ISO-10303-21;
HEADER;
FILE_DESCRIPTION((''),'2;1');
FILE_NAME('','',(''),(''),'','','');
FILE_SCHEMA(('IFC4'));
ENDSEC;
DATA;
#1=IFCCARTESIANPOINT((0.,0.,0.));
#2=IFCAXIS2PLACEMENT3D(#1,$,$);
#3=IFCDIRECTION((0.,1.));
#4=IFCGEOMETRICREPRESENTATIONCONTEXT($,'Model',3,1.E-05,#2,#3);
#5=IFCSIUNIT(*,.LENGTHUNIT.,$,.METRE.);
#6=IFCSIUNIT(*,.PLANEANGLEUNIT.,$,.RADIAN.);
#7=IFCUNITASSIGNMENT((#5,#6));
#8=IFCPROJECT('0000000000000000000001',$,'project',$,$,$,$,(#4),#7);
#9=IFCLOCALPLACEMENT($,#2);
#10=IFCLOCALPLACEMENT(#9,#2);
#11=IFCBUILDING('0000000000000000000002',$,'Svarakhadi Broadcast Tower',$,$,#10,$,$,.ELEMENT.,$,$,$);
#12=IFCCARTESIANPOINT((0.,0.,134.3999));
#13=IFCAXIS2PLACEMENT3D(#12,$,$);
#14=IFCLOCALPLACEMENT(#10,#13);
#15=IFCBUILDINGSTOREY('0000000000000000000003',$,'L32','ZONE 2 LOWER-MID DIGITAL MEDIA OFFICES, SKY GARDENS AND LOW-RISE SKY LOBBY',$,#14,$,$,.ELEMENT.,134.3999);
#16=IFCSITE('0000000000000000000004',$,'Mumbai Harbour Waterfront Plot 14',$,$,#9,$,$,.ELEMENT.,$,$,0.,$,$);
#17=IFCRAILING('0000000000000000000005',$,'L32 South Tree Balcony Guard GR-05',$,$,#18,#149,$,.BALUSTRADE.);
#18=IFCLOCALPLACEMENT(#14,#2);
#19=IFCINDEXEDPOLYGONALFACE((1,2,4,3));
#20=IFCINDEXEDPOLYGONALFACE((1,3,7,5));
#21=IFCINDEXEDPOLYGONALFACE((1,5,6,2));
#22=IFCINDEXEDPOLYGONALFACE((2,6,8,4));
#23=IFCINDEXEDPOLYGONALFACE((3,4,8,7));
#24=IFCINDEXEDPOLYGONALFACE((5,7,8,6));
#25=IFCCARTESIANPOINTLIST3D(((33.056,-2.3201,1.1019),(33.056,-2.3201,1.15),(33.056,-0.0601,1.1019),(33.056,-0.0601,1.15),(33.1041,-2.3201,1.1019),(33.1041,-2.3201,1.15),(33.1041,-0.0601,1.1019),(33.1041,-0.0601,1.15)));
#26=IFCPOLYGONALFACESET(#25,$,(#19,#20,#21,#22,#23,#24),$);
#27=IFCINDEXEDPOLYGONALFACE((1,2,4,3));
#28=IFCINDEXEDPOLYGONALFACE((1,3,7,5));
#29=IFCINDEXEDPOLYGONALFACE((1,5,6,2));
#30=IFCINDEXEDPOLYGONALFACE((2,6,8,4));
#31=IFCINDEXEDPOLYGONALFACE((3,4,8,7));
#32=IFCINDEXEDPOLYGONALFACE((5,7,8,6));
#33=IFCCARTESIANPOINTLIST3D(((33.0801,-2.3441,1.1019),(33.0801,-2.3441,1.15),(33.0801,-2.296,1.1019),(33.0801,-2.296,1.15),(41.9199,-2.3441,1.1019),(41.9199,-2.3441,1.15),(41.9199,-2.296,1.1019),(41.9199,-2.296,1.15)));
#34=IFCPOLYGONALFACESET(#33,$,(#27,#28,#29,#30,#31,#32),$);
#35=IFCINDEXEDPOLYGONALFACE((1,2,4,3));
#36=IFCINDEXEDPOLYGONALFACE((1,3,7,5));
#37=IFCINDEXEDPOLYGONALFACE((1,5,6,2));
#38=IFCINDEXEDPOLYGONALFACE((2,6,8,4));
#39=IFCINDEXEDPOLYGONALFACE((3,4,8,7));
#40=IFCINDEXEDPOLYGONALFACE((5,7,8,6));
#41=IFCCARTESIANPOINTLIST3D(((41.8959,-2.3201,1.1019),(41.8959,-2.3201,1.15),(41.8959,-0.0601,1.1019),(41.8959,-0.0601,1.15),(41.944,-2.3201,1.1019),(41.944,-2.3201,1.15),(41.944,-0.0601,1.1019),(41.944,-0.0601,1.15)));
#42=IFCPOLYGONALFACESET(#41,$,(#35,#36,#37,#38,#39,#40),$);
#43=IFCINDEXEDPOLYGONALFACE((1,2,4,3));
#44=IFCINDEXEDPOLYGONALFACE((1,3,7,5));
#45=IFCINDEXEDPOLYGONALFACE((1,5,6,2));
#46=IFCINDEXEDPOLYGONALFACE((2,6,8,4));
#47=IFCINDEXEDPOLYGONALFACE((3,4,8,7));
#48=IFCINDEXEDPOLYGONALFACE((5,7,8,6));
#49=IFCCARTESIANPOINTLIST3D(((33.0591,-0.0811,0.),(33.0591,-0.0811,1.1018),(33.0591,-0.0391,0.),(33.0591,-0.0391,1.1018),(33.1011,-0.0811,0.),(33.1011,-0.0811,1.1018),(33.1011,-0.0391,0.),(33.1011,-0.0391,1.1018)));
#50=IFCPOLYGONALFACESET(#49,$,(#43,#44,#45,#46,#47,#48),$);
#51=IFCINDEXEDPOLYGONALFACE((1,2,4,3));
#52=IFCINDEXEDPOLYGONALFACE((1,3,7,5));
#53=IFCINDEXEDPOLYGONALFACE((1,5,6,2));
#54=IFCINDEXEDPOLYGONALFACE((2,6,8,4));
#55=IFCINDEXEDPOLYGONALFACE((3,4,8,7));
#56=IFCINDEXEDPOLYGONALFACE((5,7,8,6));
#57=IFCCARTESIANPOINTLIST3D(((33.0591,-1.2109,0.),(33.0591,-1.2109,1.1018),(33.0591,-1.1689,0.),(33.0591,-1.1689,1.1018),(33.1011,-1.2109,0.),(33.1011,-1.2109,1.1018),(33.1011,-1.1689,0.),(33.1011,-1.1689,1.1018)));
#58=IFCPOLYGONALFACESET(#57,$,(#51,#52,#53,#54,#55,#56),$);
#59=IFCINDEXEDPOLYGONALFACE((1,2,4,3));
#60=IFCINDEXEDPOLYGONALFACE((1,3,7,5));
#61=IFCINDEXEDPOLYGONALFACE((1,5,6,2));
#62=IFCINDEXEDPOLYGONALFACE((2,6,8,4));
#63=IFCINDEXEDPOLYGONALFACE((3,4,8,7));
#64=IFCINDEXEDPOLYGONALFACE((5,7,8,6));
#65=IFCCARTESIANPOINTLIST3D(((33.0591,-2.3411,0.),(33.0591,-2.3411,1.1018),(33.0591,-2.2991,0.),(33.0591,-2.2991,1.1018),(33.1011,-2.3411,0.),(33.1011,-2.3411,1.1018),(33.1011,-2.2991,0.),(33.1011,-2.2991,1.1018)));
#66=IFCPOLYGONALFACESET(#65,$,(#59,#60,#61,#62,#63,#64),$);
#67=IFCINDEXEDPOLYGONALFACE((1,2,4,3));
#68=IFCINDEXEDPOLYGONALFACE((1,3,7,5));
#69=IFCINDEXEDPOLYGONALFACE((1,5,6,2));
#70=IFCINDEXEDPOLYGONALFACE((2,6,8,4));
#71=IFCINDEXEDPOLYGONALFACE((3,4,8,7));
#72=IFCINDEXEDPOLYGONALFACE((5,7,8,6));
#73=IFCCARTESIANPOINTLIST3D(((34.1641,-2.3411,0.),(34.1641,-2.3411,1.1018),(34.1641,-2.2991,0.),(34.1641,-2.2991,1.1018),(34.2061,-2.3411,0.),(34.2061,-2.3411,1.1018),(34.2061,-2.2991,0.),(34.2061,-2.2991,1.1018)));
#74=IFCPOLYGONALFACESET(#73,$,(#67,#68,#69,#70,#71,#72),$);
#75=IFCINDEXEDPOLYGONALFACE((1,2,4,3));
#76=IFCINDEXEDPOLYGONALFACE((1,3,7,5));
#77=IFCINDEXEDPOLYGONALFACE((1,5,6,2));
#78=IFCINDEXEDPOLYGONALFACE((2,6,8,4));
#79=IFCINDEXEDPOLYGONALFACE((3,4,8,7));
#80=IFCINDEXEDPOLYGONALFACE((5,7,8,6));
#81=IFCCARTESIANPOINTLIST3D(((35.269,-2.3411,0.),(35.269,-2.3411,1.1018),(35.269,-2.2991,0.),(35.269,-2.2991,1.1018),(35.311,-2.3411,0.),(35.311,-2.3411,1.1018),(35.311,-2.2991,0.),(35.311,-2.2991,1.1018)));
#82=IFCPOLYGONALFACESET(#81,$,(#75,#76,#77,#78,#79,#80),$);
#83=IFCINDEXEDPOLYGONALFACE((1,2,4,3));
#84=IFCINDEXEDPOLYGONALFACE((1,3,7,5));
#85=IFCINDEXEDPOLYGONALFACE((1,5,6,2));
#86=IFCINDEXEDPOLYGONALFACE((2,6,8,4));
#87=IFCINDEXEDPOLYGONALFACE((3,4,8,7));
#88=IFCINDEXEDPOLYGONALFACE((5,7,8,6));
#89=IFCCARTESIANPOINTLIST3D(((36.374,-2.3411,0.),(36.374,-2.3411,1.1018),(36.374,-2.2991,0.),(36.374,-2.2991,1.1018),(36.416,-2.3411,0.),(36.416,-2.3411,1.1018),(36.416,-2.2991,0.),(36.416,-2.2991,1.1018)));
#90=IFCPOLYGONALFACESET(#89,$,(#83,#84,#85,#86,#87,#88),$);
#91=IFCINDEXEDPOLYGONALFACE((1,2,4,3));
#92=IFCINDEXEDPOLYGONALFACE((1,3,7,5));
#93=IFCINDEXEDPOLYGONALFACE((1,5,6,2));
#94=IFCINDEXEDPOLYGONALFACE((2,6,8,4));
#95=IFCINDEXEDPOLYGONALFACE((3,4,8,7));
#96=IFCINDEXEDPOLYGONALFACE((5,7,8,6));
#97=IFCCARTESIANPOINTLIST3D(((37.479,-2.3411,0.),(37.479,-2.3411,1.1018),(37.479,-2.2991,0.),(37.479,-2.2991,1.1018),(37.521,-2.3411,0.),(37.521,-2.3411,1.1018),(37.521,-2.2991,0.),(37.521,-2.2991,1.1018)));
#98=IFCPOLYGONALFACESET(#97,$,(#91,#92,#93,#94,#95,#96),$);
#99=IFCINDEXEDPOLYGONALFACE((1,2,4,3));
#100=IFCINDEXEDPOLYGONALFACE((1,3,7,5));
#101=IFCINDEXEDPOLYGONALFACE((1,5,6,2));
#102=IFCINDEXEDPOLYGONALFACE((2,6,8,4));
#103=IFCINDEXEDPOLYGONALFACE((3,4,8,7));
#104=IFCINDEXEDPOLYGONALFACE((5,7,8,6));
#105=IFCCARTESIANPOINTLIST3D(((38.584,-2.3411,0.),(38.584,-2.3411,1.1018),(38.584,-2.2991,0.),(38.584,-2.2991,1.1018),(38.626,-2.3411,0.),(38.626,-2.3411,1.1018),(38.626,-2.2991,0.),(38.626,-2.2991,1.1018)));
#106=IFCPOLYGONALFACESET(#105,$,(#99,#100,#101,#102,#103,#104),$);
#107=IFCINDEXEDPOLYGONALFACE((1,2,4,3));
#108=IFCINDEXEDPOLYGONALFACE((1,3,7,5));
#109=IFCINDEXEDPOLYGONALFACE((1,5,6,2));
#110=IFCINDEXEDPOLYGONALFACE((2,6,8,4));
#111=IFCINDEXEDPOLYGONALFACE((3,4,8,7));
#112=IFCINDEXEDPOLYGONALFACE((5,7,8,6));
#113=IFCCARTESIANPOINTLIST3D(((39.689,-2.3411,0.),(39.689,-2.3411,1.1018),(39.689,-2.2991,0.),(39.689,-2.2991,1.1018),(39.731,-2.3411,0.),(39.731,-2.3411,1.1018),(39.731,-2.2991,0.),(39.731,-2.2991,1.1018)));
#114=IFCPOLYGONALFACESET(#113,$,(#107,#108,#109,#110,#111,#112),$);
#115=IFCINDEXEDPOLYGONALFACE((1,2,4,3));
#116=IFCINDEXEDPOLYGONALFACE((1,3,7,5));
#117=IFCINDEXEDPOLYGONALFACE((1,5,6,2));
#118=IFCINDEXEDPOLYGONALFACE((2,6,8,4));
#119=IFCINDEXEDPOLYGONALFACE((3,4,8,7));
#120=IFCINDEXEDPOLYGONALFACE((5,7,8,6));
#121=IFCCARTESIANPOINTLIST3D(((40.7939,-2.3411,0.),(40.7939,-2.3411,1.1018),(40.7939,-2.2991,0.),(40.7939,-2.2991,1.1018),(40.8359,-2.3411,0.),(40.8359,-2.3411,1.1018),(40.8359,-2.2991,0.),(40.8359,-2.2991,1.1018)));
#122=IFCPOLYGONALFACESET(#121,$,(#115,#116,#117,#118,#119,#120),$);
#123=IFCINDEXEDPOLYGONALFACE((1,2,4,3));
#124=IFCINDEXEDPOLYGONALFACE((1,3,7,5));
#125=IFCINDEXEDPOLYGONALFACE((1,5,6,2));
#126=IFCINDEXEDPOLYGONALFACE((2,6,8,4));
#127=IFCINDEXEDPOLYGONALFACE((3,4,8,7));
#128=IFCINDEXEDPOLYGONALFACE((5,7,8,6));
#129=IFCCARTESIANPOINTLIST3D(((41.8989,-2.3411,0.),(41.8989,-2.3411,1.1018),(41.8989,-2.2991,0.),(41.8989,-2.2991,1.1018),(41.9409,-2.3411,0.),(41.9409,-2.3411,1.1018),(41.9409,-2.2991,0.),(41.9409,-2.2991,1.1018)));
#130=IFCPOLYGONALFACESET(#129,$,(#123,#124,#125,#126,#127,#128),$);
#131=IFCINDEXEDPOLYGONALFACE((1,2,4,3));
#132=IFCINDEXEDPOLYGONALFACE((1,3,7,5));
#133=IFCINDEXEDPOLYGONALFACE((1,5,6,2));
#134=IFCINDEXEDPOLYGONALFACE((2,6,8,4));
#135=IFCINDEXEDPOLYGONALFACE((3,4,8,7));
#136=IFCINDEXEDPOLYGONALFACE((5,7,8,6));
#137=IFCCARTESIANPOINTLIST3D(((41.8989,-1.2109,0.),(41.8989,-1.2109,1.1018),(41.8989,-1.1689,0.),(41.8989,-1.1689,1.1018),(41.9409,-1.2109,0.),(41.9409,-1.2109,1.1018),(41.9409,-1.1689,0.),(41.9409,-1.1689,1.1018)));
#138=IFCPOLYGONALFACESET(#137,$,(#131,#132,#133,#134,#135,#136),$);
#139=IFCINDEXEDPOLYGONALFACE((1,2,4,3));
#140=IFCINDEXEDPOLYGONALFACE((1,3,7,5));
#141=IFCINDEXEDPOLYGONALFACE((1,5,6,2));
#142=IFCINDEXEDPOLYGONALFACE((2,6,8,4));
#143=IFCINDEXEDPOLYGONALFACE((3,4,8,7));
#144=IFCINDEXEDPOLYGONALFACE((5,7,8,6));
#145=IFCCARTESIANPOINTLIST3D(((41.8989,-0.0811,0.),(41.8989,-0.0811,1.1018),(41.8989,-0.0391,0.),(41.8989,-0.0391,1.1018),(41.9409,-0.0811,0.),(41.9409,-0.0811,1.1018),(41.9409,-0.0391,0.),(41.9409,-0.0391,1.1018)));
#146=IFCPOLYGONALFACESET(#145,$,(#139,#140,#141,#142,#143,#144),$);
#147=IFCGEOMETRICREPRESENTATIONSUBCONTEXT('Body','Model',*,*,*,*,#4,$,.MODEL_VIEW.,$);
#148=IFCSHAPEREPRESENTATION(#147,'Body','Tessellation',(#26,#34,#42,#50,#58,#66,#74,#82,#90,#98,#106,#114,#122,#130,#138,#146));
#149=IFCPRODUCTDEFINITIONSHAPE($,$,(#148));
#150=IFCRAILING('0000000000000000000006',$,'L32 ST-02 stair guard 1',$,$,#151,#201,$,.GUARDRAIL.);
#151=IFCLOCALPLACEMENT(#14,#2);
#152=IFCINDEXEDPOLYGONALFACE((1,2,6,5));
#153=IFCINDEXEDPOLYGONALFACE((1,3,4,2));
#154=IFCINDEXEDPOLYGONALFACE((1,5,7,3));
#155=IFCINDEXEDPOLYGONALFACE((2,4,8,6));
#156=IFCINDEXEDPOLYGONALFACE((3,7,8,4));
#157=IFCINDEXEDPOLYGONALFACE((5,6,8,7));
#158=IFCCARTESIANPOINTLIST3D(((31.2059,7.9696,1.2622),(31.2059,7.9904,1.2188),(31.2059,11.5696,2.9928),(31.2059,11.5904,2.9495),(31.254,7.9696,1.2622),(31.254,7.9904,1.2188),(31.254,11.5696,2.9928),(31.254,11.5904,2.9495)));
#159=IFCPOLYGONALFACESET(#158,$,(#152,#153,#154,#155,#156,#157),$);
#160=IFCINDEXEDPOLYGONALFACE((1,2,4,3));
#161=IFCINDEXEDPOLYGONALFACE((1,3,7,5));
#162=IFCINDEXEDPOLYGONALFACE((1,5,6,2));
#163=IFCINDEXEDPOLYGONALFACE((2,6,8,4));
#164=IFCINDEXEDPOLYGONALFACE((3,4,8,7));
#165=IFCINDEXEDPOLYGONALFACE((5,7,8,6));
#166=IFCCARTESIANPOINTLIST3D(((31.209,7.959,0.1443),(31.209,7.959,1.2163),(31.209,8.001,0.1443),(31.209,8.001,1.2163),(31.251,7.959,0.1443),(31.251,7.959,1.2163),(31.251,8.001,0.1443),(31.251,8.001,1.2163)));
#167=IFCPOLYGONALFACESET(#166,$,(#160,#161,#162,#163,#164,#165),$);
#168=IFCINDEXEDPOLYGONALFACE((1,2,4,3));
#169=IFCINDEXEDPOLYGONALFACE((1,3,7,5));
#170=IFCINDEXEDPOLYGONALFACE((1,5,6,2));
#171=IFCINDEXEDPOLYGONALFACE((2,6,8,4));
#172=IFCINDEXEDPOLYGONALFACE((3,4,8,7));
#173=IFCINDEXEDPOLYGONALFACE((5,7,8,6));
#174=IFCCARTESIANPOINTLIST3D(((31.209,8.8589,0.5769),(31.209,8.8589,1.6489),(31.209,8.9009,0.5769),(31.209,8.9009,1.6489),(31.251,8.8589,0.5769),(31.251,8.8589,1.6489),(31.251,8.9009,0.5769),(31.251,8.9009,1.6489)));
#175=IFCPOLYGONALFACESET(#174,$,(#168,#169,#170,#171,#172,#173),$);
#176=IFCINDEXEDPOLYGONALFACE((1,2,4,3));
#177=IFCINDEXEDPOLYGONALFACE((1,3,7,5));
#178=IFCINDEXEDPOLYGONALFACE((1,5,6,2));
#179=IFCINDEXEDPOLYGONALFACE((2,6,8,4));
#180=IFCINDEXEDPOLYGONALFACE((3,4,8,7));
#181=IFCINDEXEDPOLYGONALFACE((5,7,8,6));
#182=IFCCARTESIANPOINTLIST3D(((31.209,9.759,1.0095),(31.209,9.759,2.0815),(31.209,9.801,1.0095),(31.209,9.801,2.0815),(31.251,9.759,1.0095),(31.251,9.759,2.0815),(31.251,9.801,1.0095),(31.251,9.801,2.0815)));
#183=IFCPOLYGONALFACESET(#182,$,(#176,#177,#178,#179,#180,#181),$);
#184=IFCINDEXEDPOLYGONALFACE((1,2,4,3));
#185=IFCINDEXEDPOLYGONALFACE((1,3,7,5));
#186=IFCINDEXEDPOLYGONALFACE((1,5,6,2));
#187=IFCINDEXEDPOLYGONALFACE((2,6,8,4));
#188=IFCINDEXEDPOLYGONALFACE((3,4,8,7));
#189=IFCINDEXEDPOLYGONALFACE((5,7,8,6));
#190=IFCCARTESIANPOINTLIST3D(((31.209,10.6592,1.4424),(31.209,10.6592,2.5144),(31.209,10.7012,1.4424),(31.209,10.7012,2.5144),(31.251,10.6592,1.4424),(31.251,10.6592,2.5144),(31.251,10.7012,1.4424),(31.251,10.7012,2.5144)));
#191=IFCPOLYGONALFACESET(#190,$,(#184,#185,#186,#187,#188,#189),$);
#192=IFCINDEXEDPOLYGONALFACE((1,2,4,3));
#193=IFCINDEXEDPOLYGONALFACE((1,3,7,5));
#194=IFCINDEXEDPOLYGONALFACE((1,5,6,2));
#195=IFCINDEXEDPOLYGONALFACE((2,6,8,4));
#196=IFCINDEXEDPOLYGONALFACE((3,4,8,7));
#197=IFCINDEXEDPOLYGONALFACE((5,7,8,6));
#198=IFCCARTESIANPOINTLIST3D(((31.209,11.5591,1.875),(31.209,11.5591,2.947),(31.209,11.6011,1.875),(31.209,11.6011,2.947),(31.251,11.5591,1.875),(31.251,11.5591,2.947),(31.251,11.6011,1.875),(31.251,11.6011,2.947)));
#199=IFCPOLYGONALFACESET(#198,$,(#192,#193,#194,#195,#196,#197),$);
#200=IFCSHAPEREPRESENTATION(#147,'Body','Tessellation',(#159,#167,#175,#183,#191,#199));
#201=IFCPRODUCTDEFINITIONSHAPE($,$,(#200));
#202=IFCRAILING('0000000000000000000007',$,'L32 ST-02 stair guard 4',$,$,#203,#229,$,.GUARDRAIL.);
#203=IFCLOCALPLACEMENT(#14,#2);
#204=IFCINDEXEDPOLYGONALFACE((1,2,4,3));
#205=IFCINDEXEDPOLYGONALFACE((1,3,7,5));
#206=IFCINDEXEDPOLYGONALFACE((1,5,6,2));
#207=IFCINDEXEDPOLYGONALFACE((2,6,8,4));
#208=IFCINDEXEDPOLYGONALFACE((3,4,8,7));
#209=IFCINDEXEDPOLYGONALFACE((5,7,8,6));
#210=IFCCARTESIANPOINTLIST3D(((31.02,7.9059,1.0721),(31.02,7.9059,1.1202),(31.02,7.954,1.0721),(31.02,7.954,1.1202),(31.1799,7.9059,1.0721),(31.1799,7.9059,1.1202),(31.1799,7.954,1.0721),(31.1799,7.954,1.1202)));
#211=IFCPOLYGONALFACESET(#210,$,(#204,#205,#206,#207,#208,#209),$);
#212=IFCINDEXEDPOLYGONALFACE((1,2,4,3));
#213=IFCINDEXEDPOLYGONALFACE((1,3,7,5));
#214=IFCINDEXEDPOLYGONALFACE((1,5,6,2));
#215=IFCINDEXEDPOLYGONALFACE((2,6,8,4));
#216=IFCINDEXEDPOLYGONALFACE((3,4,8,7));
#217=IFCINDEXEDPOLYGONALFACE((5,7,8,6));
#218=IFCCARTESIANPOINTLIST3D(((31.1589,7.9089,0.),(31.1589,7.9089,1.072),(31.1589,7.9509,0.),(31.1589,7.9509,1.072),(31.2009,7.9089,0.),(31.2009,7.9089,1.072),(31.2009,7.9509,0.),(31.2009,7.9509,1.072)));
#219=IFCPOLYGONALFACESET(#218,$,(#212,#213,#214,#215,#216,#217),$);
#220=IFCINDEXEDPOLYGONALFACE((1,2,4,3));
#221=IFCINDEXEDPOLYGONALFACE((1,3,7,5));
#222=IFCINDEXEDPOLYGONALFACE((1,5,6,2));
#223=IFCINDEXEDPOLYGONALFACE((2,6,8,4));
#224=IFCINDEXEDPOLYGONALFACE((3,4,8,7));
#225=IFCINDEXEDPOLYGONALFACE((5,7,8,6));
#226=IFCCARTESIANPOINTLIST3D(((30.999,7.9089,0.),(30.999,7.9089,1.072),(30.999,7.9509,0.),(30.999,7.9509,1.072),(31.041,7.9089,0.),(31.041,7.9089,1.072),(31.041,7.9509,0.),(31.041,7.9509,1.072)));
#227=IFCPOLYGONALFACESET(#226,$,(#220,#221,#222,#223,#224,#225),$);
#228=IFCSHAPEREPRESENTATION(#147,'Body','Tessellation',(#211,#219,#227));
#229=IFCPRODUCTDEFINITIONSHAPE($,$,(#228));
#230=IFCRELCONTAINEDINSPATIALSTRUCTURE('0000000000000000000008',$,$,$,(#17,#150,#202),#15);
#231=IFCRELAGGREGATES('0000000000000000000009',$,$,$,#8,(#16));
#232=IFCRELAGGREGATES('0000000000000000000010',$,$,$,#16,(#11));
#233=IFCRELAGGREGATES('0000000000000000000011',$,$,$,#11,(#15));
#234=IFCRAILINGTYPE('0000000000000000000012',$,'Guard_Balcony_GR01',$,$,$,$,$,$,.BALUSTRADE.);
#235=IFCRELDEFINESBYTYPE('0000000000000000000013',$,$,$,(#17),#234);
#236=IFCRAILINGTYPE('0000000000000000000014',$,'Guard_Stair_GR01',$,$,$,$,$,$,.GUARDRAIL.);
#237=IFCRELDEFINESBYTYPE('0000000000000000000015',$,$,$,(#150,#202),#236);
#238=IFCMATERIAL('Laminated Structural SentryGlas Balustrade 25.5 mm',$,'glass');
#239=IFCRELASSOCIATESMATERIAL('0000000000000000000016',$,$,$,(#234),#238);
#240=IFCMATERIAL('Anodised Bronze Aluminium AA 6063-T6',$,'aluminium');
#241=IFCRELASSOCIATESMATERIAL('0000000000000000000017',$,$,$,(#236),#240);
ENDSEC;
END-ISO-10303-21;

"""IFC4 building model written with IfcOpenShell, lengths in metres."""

from ifc_helpers import new_model, si_unit, direction, frame, origin, origin_2d, place, context, subcontext, project, spatial, rectangle, extrude, material, type_object, element, save


model = new_model("IFC4")

# Units and contexts
model_context = context("Model", 3, precision=1e-05, world=origin(), true_north=direction((0.0, 1.0)))
body_context = subcontext(model_context, "Body", "Model", "MODEL_VIEW")
ifc_project = project(units=[si_unit("LENGTHUNIT", "METRE"), si_unit("PLANEANGLEUNIT", "RADIAN")], contexts=[model_context])

# Site, building, storey
site_placement = place(None, origin())
site = spatial("IfcSite", under=ifc_project, at=site_placement, Name="Mumbai Harbour Waterfront Plot 14", CompositionType="ELEMENT", RefElevation=0.0)
building_placement = place(site_placement, origin())
building = spatial("IfcBuilding", under=site, at=building_placement, Name="Svarakhadi Broadcast Tower", CompositionType="ELEMENT")
storey_placement = place(building_placement, frame((0.0, 0.0, 134.3999)))
storey = spatial("IfcBuildingStorey", under=building, at=storey_placement, Name="L32", Description="ZONE 2 LOWER-MID DIGITAL MEDIA OFFICES, SKY GARDENS AND LOW-RISE SKY LOBBY", CompositionType="ELEMENT", Elevation=134.3999)

# Shared definitions
ifc_material_1 = material(Name="Anodised Bronze Aluminium AA 6063-T6", Category="aluminium")

# Railings
ifc_material_2 = material(Name="Laminated Structural SentryGlas Balustrade 25.5 mm", Category="glass")
railing_type_1 = type_object("IfcRailingType", Name="Guard_Balcony_GR01", PredefinedType="BALUSTRADE", material=ifc_material_2)
railing_1_placement = place(storey_placement, frame((33.0801, -0.0601, 0.0)))
element("IfcRailing", 1, at=railing_1_placement, inside=storey, type_object=railing_type_1, Name="L32 South Tree Balcony Guard GR-05", PredefinedType="BALUSTRADE", context=body_context, shape_type="SweptSolid", body=[
    extrude(rectangle(XDim=0.0481, YDim=0.0481, at=origin_2d()), frame((0.0, 0.0, 1.126), z_axis=(0.0, -1.0, 0.0), x_axis=(1.0, 0.0, 0.0)), (0.0, 0.0, 1.0), 2.26),
    extrude(rectangle(XDim=0.0481, YDim=0.0481, at=origin_2d()), frame((0.0, -2.26, 1.126), z_axis=(1.0, 0.0, 0.0), x_axis=(0.0, 1.0, 0.0)), (0.0, 0.0, 1.0), 8.8398),
    extrude(rectangle(XDim=0.0481, YDim=0.0481, at=origin_2d()), frame((8.8398, -2.26, 1.126), z_axis=(0.0, 1.0, 0.0), x_axis=(-1.0, 0.0, 0.0)), (0.0, 0.0, 1.0), 2.26),
    extrude(rectangle(XDim=0.042, YDim=0.042, at=origin_2d()), origin(), (0.0, 0.0, 1.0), 1.1018),
    extrude(rectangle(XDim=0.042, YDim=0.042, at=origin_2d()), frame((0.0, -1.1299, 0.0)), (0.0, 0.0, 1.0), 1.1018),
    extrude(rectangle(XDim=0.042, YDim=0.042, at=origin_2d()), frame((0.0, -2.26, 0.0)), (0.0, 0.0, 1.0), 1.1018),
    extrude(rectangle(XDim=0.042, YDim=0.042, at=origin_2d()), frame((1.105, -2.26, 0.0)), (0.0, 0.0, 1.0), 1.1018),
    extrude(rectangle(XDim=0.042, YDim=0.042, at=origin_2d()), frame((2.21, -2.26, 0.0)), (0.0, 0.0, 1.0), 1.1018),
    extrude(rectangle(XDim=0.042, YDim=0.042, at=origin_2d()), frame((3.3149, -2.26, 0.0)), (0.0, 0.0, 1.0), 1.1018),
    extrude(rectangle(XDim=0.042, YDim=0.042, at=origin_2d()), frame((4.4199, -2.26, 0.0)), (0.0, 0.0, 1.0), 1.1018),
    extrude(rectangle(XDim=0.042, YDim=0.042, at=origin_2d()), frame((5.5249, -2.26, 0.0)), (0.0, 0.0, 1.0), 1.1018),
    extrude(rectangle(XDim=0.042, YDim=0.042, at=origin_2d()), frame((6.6299, -2.26, 0.0)), (0.0, 0.0, 1.0), 1.1018),
    extrude(rectangle(XDim=0.042, YDim=0.042, at=origin_2d()), frame((7.7349, -2.26, 0.0)), (0.0, 0.0, 1.0), 1.1018),
    extrude(rectangle(XDim=0.042, YDim=0.042, at=origin_2d()), frame((8.8398, -2.26, 0.0)), (0.0, 0.0, 1.0), 1.1018),
    extrude(rectangle(XDim=0.042, YDim=0.042, at=origin_2d()), frame((8.8398, -1.1299, 0.0)), (0.0, 0.0, 1.0), 1.1018),
    extrude(rectangle(XDim=0.042, YDim=0.042, at=origin_2d()), frame((8.8398, 0.0, 0.0)), (0.0, 0.0, 1.0), 1.1018),
])
railing_type_2 = type_object("IfcRailingType", Name="Guard_Stair_GR01", PredefinedType="GUARDRAIL", material=ifc_material_1)
railing_2_placement = place(storey_placement, frame((31.23, 7.98, 0.1443)))
element("IfcRailing", 2, at=railing_2_placement, inside=storey, type_object=railing_type_2, Name="L32 ST-02 stair guard 1", PredefinedType="GUARDRAIL", context=body_context, shape_type="SweptSolid", body=[
    extrude(rectangle(XDim=0.0481, YDim=0.0481, at=origin_2d()), frame((0.0, 0.0, 1.0962), z_axis=(0.0, 0.901263, 0.433273), x_axis=(-1.0, 0.0, 0.0)), (0.0, 0.0, 1.0), 3.9944),
    extrude(rectangle(XDim=0.042, YDim=0.042, at=origin_2d()), origin(), (0.0, 0.0, 1.0), 1.072),
    extrude(rectangle(XDim=0.042, YDim=0.042, at=origin_2d()), frame((0.0, 0.8999, 0.4326)), (0.0, 0.0, 1.0), 1.072),
    extrude(rectangle(XDim=0.042, YDim=0.042, at=origin_2d()), frame((0.0, 1.8, 0.8652)), (0.0, 0.0, 1.0), 1.072),
    extrude(rectangle(XDim=0.042, YDim=0.042, at=origin_2d()), frame((0.0, 2.7002, 1.2981)), (0.0, 0.0, 1.0), 1.072),
    extrude(rectangle(XDim=0.042, YDim=0.042, at=origin_2d()), frame((0.0, 3.6001, 1.7307)), (0.0, 0.0, 1.0), 1.072),
])
railing_3_placement = place(storey_placement, frame((31.1799, 7.9299, 0.0)))
element("IfcRailing", 3, at=railing_3_placement, inside=storey, type_object=railing_type_2, Name="L32 ST-02 stair guard 4", PredefinedType="GUARDRAIL", context=body_context, shape_type="SweptSolid", body=[
    extrude(rectangle(XDim=0.0481, YDim=0.0481, at=origin_2d()), frame((0.0, 0.0, 1.0962), z_axis=(-1.0, 0.0, 0.0), x_axis=(0.0, -1.0, 0.0)), (0.0, 0.0, 1.0), 0.1599),
    extrude(rectangle(XDim=0.042, YDim=0.042, at=origin_2d()), origin(), (0.0, 0.0, 1.0), 1.072),
    extrude(rectangle(XDim=0.042, YDim=0.042, at=origin_2d()), frame((-0.1599, 0.0, 0.0)), (0.0, 0.0, 1.0), 1.072),
])

save(model, "model.ifc")
